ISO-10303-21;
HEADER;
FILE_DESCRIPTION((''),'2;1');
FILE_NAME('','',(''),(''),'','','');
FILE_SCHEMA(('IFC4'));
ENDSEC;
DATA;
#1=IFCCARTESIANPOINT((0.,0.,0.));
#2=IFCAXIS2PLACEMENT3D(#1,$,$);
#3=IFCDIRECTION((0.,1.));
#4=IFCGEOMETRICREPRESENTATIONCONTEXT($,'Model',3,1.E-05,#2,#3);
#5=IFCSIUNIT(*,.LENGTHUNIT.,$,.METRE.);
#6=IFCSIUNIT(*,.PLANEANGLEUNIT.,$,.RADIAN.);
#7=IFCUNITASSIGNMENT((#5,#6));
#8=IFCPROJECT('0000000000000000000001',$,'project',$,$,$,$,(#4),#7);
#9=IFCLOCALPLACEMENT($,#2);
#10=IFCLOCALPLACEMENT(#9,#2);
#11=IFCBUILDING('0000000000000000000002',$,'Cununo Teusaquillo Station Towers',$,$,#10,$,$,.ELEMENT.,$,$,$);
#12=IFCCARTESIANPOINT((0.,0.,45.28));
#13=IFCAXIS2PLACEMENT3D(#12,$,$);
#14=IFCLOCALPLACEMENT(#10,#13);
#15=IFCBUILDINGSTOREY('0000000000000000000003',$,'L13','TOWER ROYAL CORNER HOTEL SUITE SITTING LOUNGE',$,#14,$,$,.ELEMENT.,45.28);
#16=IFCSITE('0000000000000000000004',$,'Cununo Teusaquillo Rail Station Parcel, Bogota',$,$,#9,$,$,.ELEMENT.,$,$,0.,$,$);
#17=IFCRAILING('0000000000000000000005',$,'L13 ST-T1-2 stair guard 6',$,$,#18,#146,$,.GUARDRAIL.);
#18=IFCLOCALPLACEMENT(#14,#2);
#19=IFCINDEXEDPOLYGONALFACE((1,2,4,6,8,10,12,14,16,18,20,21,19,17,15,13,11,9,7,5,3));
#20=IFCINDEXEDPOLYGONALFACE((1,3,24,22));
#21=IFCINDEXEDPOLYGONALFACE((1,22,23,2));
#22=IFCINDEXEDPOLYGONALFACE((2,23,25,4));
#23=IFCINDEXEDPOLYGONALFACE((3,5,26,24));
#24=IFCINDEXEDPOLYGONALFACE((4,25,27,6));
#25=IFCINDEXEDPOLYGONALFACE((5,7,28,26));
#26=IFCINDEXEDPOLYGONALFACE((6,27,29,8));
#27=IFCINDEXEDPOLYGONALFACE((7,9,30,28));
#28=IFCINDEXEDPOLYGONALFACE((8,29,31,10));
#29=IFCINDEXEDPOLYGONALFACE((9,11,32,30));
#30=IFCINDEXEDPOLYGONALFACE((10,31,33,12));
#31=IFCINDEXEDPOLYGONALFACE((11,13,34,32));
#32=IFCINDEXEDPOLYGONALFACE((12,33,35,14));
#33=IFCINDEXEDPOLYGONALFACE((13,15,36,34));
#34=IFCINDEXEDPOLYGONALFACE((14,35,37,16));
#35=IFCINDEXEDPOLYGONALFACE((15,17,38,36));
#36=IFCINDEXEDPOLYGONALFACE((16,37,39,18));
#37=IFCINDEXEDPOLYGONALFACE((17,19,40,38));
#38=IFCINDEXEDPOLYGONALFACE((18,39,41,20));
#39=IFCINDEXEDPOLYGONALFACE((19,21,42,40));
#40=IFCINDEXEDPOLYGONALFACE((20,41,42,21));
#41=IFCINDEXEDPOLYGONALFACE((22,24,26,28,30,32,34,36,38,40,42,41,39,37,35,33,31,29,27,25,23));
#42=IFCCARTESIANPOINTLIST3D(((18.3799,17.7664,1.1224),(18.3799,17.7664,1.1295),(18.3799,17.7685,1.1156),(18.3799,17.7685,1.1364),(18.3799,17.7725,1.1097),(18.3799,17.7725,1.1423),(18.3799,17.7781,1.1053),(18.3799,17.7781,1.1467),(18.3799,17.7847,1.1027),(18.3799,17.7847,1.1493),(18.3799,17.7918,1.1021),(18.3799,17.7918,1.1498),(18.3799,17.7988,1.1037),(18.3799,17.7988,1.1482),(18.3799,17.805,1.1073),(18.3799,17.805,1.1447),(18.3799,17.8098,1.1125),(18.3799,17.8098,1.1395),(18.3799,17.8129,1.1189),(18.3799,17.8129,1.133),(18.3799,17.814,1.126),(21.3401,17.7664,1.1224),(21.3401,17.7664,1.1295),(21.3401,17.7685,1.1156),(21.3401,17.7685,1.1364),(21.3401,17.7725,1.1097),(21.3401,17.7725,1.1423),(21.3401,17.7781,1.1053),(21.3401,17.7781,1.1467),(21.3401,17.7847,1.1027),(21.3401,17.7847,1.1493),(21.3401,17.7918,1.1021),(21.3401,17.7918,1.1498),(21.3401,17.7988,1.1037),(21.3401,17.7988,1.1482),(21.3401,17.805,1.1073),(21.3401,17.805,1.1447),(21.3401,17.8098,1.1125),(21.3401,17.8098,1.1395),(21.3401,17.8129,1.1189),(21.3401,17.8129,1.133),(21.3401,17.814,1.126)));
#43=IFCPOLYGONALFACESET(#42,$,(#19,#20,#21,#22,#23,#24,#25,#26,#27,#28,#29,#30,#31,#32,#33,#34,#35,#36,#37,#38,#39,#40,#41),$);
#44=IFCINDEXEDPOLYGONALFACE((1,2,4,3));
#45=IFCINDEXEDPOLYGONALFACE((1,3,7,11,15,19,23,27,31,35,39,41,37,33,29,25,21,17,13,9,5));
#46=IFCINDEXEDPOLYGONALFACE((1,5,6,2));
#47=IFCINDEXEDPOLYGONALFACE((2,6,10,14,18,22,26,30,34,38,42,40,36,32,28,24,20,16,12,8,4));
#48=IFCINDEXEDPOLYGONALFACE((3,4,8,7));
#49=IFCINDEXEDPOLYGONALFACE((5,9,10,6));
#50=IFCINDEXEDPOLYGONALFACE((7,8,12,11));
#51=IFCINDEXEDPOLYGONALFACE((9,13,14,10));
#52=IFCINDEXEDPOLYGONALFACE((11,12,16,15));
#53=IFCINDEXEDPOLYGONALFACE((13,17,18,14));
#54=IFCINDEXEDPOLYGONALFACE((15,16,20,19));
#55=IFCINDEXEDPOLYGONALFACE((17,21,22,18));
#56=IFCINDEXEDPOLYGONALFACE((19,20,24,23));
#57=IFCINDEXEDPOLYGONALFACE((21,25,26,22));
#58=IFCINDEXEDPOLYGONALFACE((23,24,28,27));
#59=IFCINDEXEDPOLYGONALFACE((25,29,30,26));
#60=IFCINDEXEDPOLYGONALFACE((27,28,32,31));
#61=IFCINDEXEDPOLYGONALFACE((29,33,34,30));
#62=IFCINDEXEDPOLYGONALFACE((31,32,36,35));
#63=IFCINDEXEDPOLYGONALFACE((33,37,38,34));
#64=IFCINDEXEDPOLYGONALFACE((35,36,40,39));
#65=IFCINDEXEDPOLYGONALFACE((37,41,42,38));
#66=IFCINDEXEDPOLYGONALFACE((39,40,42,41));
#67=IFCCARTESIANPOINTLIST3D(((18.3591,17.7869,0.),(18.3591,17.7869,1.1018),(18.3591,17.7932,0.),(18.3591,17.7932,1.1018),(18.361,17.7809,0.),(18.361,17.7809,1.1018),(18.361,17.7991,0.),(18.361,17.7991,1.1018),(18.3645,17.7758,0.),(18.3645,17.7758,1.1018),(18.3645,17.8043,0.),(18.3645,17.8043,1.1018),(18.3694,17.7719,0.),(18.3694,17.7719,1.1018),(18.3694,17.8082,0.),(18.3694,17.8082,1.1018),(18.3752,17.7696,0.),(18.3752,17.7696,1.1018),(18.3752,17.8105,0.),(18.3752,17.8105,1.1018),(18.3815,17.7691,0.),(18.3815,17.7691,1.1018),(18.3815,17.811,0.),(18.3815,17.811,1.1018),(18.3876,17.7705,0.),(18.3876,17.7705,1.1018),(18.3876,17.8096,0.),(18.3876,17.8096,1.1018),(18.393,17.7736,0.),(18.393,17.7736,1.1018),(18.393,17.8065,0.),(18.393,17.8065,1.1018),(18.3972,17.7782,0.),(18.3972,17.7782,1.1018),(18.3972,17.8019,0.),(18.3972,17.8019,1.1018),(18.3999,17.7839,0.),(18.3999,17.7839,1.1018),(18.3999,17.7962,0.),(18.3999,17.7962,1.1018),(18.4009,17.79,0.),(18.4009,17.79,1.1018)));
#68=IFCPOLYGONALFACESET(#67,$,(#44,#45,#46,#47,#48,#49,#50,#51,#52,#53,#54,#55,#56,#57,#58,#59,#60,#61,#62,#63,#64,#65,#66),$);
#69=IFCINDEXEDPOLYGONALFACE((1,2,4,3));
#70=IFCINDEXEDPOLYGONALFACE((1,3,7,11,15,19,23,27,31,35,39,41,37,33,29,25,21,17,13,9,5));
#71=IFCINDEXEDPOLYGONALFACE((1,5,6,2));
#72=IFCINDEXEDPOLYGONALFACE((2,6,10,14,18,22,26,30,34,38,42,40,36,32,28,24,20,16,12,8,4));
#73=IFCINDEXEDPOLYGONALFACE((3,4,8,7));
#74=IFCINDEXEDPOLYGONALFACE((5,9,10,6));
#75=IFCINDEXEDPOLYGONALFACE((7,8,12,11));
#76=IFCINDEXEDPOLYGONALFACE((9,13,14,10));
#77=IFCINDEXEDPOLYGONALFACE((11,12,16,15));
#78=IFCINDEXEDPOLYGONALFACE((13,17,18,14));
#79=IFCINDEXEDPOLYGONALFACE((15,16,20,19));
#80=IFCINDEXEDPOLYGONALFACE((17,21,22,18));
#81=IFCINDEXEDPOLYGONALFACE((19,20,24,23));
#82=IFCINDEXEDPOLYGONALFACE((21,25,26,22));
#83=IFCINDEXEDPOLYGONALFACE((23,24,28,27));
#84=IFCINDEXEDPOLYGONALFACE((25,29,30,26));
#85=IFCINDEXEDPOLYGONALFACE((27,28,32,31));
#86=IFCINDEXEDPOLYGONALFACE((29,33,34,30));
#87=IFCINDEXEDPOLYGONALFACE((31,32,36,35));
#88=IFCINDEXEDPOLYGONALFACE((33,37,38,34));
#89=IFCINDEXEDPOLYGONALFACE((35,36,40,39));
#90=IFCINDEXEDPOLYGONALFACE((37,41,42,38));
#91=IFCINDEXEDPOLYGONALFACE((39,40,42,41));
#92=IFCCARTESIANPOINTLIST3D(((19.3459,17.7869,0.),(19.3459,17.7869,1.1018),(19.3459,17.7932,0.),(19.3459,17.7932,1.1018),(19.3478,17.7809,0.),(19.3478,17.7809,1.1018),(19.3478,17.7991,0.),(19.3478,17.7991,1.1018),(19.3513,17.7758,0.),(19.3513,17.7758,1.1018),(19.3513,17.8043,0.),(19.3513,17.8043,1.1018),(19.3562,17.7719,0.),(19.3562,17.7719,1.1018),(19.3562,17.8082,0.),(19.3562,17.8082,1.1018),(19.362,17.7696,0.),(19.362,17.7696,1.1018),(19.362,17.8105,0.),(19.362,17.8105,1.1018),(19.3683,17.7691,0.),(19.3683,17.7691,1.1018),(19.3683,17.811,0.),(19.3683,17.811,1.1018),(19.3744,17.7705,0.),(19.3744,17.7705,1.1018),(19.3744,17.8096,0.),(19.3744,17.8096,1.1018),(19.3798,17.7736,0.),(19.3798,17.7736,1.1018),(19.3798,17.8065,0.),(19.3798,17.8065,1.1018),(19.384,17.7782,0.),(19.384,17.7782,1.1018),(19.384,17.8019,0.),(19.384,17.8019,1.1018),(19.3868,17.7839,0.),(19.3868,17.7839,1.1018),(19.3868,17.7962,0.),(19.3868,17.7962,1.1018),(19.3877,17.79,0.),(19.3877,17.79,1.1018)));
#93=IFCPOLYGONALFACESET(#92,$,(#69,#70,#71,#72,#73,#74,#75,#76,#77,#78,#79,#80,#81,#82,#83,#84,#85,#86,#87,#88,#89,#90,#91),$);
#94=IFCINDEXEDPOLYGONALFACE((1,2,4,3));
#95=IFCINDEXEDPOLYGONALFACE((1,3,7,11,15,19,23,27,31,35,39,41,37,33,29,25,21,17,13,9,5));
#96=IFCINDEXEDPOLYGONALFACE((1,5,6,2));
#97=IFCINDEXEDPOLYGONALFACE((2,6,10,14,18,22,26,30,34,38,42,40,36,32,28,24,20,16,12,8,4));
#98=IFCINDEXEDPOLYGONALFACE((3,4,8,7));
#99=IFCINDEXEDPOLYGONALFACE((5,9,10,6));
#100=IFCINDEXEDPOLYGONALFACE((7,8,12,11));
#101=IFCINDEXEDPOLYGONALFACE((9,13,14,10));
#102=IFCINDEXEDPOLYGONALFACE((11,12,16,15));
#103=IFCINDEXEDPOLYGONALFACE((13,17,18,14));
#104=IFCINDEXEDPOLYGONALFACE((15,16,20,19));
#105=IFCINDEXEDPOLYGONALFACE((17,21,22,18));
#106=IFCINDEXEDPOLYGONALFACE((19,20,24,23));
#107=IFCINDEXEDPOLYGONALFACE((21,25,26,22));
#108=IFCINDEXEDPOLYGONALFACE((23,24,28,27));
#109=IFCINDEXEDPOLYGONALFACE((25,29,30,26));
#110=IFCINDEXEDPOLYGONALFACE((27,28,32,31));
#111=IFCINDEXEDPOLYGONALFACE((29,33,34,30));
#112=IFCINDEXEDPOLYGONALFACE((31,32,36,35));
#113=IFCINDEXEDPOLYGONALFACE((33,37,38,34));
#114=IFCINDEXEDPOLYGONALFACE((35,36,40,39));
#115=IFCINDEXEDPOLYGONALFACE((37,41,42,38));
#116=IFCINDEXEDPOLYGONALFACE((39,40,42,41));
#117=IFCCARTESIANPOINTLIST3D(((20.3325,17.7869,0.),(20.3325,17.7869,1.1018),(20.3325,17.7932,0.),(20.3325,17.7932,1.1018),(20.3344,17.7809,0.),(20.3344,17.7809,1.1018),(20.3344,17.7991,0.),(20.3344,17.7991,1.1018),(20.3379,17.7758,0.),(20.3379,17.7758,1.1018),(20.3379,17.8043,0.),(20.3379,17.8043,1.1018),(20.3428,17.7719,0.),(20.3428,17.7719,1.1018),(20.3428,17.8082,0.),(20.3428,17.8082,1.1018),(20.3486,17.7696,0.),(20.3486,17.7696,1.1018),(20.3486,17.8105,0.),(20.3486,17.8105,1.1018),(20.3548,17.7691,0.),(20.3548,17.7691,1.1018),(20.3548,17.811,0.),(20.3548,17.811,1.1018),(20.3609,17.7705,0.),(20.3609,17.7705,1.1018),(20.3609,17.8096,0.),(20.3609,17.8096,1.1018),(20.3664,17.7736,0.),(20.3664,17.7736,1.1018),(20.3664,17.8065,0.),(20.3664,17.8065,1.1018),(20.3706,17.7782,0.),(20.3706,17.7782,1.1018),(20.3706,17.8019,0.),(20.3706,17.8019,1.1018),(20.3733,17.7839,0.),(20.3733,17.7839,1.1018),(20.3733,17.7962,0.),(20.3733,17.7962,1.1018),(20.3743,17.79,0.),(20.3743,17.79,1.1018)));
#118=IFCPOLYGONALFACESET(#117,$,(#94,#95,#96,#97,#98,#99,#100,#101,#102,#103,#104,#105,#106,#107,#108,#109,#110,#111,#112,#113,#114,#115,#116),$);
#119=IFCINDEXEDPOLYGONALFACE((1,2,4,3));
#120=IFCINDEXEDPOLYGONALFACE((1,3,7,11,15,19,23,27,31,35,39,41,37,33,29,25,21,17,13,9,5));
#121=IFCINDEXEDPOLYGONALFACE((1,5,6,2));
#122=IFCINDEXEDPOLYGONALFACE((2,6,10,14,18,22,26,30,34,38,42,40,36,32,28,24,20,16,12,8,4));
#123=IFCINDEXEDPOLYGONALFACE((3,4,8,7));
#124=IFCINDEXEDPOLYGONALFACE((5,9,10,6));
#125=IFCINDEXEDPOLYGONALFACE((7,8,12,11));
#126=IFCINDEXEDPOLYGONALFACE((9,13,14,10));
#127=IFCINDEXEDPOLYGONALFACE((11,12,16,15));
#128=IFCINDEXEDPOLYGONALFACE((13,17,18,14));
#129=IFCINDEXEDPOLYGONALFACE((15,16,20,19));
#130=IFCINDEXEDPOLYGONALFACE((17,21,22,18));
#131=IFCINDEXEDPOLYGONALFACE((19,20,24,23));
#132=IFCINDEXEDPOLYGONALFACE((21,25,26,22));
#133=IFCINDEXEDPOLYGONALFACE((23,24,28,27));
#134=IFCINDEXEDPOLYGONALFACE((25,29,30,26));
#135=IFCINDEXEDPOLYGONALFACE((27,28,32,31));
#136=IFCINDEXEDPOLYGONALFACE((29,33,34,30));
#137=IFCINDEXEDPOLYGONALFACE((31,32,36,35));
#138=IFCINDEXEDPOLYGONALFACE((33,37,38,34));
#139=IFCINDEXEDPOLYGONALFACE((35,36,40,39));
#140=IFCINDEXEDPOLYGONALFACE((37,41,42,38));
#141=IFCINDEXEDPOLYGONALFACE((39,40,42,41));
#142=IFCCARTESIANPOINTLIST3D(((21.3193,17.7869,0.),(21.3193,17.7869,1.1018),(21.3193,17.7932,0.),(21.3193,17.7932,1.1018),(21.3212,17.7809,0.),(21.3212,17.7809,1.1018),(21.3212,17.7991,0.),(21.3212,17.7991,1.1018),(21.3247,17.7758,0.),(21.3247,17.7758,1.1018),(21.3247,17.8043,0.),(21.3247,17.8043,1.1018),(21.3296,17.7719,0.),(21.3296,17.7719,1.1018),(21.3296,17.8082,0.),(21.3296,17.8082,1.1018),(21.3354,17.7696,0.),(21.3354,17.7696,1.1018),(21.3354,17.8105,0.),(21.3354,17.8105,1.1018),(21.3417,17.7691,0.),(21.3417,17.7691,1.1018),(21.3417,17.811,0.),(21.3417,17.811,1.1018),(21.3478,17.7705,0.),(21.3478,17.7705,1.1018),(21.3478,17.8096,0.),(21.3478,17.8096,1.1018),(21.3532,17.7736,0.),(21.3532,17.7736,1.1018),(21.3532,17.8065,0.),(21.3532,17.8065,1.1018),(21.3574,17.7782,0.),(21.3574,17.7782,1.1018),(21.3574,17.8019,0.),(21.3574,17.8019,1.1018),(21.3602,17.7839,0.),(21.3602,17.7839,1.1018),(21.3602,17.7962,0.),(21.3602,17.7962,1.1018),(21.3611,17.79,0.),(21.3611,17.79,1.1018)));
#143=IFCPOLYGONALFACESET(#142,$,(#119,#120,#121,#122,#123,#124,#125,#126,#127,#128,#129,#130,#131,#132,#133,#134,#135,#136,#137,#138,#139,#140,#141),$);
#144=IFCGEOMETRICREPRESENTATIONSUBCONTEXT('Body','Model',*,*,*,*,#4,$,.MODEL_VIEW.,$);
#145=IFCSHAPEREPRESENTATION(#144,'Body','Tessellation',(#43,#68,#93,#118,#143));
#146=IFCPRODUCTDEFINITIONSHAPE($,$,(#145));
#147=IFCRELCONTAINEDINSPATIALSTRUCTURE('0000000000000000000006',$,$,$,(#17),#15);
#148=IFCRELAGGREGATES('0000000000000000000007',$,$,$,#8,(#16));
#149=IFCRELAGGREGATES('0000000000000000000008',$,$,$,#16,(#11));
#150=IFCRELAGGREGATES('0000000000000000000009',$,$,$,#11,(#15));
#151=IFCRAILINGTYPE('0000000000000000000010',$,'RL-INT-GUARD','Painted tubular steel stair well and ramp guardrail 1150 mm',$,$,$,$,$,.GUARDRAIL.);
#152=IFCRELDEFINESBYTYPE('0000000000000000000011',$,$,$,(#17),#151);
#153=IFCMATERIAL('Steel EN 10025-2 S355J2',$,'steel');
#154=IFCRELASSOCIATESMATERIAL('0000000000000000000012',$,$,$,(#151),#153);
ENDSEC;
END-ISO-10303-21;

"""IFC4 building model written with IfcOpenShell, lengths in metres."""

from ifc_helpers import new_model, si_unit, direction, frame, origin, origin_2d, place, context, subcontext, project, spatial, circle, extrude, material, type_object, element, save


model = new_model("IFC4")

# Units and contexts
model_context = context("Model", 3, precision=1e-05, world=origin(), true_north=direction((0.0, 1.0)))
body_context = subcontext(model_context, "Body", "Model", "MODEL_VIEW")
ifc_project = project(units=[si_unit("LENGTHUNIT", "METRE"), si_unit("PLANEANGLEUNIT", "RADIAN")], contexts=[model_context])

# Site, building, storey
site_placement = place(None, origin())
site = spatial("IfcSite", under=ifc_project, at=site_placement, Name="Cununo Teusaquillo Rail Station Parcel, Bogota", CompositionType="ELEMENT", RefElevation=0.0)
building_placement = place(site_placement, origin())
building = spatial("IfcBuilding", under=site, at=building_placement, Name="Cununo Teusaquillo Station Towers", CompositionType="ELEMENT")
storey_placement = place(building_placement, frame((0.0, 0.0, 45.28)))
storey = spatial("IfcBuildingStorey", under=building, at=storey_placement, Name="L13", Description="TOWER ROYAL CORNER HOTEL SUITE SITTING LOUNGE", CompositionType="ELEMENT", Elevation=45.28)

# Railing
ifc_material_1 = material(Name="Steel EN 10025-2 S355J2", Category="steel")
railing_type_1 = type_object("IfcRailingType", Name="RL-INT-GUARD", Description="Painted tubular steel stair well and ramp guardrail 1150 mm", PredefinedType="GUARDRAIL", material=ifc_material_1)
railing_1_placement = place(storey_placement, frame((18.3799, 17.79, 0.0)))
element("IfcRailing", 1, at=railing_1_placement, inside=storey, type_object=railing_type_1, Name="L13 ST-T1-2 stair guard 6", PredefinedType="GUARDRAIL", context=body_context, shape_type="SweptSolid", body=[
    extrude(circle(Radius=0.0239, at=origin_2d()), frame((0.0, 0.0, 1.126), z_axis=(1.0, 0.0, 0.0), x_axis=(0.0, 1.0, 0.0)), (0.0, 0.0, 1.0), 2.9602),
    extrude(circle(Radius=0.021, at=origin_2d()), origin(), (0.0, 0.0, 1.0), 1.1018),
    extrude(circle(Radius=0.021, at=origin_2d()), frame((0.9868, 0.0, 0.0)), (0.0, 0.0, 1.0), 1.1018),
    extrude(circle(Radius=0.021, at=origin_2d()), frame((1.9734, 0.0, 0.0)), (0.0, 0.0, 1.0), 1.1018),
    extrude(circle(Radius=0.021, at=origin_2d()), frame((2.9602, 0.0, 0.0)), (0.0, 0.0, 1.0), 1.1018),
])

save(model, "model.ifc")
